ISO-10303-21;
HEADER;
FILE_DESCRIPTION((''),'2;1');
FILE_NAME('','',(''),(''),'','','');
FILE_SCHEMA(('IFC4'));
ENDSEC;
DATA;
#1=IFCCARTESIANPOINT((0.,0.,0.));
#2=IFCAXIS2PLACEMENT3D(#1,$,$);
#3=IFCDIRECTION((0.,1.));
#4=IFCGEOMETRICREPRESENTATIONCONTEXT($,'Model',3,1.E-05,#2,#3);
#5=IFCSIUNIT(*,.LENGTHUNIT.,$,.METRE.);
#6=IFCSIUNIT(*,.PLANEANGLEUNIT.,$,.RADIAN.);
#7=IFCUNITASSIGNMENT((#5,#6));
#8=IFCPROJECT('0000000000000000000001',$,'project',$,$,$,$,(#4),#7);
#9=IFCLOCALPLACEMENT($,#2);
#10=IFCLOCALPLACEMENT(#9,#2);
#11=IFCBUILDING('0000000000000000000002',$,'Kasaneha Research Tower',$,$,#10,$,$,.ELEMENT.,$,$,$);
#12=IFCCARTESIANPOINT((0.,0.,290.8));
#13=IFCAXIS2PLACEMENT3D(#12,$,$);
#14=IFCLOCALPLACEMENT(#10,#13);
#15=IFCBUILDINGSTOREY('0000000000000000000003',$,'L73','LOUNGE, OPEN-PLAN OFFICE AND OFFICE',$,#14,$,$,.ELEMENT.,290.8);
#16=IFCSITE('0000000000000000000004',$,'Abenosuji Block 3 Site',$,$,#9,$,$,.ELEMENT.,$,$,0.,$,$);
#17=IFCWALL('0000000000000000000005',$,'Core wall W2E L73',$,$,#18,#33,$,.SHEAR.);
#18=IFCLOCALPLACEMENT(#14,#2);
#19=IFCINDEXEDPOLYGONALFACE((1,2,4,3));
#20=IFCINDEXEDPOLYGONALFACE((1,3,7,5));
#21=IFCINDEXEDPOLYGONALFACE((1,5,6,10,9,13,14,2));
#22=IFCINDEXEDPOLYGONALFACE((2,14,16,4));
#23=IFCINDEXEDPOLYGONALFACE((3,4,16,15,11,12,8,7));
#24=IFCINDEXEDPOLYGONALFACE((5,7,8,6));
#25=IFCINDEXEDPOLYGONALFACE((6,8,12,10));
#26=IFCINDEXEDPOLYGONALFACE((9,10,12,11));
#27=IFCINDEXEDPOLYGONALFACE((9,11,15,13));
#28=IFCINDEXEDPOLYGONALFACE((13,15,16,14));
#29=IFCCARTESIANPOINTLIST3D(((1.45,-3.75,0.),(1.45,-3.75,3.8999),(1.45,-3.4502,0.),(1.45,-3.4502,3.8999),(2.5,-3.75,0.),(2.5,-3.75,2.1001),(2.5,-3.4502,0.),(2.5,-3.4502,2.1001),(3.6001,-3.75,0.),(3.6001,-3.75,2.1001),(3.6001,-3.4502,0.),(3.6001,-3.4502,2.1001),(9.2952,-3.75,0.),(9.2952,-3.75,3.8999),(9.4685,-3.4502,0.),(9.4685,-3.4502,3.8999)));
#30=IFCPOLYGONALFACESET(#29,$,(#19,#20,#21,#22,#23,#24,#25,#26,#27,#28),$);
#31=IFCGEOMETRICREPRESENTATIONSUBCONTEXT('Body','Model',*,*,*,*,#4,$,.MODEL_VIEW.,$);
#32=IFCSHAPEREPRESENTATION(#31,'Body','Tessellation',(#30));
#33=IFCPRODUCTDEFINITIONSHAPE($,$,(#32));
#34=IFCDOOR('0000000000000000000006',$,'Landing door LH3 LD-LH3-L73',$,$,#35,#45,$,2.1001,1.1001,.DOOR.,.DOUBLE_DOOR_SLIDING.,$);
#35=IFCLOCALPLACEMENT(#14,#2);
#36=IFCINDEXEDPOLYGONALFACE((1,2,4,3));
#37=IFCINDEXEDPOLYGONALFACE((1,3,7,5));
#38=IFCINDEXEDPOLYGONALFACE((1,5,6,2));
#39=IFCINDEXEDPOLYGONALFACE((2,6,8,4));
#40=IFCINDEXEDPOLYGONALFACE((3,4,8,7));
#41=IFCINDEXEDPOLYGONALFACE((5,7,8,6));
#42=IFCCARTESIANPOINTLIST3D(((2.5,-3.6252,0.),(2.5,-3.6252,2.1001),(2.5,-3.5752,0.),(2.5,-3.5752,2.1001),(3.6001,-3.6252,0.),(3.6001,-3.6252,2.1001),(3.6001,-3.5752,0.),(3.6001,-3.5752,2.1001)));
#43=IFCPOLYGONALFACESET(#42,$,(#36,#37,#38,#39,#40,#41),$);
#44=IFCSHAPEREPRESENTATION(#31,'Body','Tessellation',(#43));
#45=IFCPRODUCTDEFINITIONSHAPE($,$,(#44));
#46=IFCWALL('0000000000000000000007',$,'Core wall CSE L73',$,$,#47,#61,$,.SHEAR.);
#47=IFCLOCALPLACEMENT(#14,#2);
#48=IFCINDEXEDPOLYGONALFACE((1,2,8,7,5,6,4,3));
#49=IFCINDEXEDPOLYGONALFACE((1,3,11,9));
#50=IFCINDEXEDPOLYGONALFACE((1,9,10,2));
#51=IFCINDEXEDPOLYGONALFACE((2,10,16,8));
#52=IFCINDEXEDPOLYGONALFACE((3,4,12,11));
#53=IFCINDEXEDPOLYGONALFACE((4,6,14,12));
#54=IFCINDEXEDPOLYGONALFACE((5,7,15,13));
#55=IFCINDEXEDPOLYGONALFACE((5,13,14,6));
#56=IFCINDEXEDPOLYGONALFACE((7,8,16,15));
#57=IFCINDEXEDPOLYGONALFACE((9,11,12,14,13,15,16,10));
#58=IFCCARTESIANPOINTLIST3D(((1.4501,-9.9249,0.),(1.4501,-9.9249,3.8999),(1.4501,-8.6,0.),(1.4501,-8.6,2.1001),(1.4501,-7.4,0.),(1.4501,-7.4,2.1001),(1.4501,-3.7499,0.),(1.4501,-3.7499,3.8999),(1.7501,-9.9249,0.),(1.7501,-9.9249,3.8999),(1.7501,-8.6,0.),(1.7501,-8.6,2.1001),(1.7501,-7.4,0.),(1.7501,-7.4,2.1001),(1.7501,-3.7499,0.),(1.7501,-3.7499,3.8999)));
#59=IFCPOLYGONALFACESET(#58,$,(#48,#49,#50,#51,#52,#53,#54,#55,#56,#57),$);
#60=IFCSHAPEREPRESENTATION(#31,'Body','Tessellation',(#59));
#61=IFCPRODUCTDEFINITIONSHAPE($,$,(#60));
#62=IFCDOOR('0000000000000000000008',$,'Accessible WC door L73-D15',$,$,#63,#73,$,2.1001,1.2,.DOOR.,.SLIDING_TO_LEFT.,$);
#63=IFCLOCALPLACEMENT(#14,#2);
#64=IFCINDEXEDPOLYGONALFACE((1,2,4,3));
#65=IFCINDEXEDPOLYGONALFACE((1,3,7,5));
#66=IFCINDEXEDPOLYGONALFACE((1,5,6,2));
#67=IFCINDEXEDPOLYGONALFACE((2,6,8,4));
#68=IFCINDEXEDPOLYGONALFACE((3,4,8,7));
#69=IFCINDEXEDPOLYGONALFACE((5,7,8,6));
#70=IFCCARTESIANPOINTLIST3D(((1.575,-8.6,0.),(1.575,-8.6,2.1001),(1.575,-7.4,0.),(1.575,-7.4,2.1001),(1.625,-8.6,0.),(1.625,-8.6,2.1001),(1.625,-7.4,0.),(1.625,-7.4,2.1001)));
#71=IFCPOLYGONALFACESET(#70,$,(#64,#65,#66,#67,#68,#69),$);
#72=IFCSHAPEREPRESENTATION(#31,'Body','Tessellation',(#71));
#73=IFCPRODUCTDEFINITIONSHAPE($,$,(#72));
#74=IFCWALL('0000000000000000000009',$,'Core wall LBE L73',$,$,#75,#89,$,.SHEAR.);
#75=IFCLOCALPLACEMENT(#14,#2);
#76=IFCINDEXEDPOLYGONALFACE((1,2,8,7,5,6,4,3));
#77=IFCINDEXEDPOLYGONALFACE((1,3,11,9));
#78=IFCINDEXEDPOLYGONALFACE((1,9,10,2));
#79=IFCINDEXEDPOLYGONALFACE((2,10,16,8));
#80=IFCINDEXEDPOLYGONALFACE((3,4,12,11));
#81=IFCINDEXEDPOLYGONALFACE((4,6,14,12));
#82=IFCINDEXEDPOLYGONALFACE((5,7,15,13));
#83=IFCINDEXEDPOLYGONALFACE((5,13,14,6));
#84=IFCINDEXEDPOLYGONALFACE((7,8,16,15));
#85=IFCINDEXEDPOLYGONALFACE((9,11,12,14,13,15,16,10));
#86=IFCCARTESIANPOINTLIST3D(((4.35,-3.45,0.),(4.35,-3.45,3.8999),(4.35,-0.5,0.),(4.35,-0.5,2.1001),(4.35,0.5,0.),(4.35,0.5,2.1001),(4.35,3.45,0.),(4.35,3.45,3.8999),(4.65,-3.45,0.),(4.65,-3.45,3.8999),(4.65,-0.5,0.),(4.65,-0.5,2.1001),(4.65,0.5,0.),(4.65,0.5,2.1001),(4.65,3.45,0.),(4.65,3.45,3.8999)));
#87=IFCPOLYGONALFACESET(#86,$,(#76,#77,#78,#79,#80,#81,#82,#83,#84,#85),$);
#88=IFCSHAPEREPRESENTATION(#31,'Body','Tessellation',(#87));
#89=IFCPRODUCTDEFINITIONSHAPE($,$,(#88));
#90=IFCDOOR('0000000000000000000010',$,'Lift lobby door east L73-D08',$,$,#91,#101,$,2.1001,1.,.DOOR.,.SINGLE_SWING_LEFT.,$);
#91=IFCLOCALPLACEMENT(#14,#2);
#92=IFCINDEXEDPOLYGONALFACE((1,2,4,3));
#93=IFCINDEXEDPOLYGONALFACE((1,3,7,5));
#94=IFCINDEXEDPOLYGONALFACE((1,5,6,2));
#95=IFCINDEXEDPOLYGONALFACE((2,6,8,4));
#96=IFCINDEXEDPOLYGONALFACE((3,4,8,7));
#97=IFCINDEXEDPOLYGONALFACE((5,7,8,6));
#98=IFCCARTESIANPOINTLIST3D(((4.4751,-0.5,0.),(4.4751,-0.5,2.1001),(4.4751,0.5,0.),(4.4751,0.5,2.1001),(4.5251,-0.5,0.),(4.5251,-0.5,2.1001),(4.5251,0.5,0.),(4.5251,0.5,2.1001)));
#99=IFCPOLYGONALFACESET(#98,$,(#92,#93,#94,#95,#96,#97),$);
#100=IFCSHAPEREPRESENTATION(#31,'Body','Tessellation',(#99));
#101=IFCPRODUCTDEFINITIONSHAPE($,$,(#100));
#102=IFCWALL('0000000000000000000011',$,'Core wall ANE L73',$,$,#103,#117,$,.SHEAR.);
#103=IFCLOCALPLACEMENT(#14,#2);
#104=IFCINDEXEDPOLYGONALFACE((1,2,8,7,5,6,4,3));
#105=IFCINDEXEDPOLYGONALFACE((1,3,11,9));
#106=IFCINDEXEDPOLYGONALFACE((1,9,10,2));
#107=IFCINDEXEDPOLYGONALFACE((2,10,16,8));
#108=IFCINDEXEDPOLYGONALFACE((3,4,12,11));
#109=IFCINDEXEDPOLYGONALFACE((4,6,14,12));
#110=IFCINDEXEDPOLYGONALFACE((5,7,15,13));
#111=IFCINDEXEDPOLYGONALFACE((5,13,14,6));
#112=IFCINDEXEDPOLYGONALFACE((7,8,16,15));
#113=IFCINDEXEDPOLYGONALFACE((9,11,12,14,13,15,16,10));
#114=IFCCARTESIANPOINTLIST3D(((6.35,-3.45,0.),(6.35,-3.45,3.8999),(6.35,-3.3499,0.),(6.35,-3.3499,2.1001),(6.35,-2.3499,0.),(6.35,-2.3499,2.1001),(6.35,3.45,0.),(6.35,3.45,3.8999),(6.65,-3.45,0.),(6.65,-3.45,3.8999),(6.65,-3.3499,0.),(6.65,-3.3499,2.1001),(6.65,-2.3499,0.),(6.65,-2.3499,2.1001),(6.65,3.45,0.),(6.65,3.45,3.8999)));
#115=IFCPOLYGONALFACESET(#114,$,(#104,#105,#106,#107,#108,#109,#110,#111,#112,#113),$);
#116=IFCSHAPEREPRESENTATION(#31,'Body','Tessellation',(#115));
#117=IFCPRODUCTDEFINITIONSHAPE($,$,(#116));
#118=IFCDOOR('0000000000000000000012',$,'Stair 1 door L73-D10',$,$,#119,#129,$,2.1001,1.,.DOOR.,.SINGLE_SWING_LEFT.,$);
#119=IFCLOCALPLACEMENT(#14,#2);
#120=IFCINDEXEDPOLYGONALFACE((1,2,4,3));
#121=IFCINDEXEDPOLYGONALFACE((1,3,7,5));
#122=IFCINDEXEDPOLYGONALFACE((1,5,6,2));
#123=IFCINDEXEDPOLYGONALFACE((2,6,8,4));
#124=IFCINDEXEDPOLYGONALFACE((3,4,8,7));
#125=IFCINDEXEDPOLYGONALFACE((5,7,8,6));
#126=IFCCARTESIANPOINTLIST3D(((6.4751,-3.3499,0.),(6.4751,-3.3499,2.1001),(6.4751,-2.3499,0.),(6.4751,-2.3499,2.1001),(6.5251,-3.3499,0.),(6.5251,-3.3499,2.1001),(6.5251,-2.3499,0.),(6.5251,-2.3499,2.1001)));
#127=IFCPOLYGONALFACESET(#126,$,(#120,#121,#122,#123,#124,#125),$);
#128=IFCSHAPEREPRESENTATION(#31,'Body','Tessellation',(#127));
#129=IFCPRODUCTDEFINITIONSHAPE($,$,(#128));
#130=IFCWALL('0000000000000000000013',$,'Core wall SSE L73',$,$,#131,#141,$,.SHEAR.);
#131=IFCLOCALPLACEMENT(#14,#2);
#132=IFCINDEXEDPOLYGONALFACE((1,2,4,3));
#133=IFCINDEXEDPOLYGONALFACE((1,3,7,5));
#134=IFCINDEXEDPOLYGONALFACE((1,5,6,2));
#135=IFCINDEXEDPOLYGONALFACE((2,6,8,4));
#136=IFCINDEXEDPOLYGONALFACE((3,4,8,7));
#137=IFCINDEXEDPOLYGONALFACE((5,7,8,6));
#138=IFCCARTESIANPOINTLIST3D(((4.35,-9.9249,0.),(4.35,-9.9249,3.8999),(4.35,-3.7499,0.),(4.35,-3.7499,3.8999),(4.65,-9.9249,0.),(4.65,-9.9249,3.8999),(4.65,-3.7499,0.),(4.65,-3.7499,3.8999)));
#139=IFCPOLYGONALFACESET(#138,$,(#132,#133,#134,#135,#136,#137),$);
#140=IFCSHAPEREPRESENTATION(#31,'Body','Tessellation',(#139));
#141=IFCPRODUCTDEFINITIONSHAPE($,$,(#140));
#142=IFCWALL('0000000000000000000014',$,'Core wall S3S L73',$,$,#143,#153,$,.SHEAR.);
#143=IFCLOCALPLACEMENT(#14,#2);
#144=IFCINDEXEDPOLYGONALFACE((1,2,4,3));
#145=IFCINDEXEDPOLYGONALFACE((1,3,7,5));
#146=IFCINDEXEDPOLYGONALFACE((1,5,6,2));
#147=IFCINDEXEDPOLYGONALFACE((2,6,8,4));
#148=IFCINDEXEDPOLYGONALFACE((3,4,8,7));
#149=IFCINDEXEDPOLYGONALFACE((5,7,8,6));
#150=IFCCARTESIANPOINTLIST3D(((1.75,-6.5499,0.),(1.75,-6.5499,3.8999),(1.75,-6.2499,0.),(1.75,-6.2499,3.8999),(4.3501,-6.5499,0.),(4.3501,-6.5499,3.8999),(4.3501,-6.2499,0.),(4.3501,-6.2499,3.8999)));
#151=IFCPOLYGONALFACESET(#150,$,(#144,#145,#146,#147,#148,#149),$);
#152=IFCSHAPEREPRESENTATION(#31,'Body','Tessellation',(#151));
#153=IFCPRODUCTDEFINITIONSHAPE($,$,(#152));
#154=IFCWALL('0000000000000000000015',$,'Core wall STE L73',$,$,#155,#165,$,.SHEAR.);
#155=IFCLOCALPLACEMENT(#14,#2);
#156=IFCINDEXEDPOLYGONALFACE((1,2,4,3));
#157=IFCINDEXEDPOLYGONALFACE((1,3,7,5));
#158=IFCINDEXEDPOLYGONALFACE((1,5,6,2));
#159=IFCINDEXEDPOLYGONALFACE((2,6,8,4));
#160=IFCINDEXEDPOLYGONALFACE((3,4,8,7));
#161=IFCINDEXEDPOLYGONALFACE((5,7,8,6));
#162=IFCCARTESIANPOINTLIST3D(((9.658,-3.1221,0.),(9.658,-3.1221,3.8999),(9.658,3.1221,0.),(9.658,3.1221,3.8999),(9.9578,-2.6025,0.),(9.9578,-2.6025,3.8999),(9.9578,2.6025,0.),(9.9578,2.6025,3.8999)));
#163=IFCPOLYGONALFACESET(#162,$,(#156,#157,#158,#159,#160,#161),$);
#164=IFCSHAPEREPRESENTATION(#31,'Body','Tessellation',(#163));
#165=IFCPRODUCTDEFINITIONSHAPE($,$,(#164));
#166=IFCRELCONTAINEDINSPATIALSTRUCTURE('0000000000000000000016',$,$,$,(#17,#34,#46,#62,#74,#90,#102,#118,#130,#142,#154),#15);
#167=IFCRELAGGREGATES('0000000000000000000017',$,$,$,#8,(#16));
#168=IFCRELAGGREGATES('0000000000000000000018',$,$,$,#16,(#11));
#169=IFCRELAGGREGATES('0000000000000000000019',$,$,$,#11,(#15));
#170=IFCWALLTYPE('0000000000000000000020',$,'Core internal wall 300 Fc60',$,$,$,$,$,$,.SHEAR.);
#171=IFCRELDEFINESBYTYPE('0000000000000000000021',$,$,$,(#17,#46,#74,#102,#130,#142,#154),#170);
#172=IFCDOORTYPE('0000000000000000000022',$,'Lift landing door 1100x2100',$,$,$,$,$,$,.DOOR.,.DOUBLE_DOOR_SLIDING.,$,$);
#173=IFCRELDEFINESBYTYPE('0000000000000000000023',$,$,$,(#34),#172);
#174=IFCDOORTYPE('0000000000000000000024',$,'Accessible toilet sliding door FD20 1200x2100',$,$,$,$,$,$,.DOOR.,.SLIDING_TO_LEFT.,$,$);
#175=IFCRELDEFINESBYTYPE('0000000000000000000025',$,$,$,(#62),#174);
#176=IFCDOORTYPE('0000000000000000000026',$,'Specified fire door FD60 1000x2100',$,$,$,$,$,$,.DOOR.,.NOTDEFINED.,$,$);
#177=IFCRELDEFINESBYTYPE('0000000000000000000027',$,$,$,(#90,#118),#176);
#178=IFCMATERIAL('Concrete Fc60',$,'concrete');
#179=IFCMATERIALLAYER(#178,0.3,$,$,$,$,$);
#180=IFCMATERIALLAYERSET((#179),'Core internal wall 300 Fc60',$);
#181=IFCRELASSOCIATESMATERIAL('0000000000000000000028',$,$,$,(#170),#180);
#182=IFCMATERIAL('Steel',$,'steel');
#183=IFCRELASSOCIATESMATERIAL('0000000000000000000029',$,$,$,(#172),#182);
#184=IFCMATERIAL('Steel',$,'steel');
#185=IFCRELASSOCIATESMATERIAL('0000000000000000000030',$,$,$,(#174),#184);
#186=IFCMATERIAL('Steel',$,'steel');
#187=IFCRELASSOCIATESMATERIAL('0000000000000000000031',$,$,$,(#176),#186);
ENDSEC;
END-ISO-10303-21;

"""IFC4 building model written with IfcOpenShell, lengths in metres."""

from ifc_helpers import new_model, si_unit, direction, frame, frame_2d, origin, place, context, subcontext, project, spatial, polyline, rectangle, outline, extrude, material, layer, layer_set, type_object, element, fill, save


model = new_model("IFC4")

# Units and contexts
model_context = context("Model", 3, precision=1e-05, world=origin(), true_north=direction((0.0, 1.0)))
body_context = subcontext(model_context, "Body", "Model", "MODEL_VIEW")
ifc_project = project(units=[si_unit("LENGTHUNIT", "METRE"), si_unit("PLANEANGLEUNIT", "RADIAN")], contexts=[model_context])

# Site, building, storey
site_placement = place(None, origin())
site = spatial("IfcSite", under=ifc_project, at=site_placement, Name="Abenosuji Block 3 Site", CompositionType="ELEMENT", RefElevation=0.0)
building_placement = place(site_placement, origin())
building = spatial("IfcBuilding", under=site, at=building_placement, Name="Kasaneha Research Tower", CompositionType="ELEMENT")
storey_placement = place(building_placement, frame((0.0, 0.0, 290.8)))
storey = spatial("IfcBuildingStorey", under=building, at=storey_placement, Name="L73", Description="LOUNGE, OPEN-PLAN OFFICE AND OFFICE", CompositionType="ELEMENT", Elevation=290.8)

# Walls, openings, doors
ifc_material_1 = material(Name="Concrete Fc60", Category="concrete")
ifc_layer_1 = layer(ifc_material_1, 0.3)
ifc_layer_set_1 = layer_set([ifc_layer_1], Name="Core internal wall 300 Fc60")
wall_type_1 = type_object("IfcWallType", Name="Core internal wall 300 Fc60", PredefinedType="SHEAR", material=ifc_layer_set_1)
wall_1_placement = place(storey_placement, frame((1.45, -3.6001, 0.0), z_axis=(0.0, 0.0, 1.0), x_axis=(1.0, 0.0, 0.0)))
wall_1 = element("IfcWall", 1, at=wall_1_placement, inside=storey, type_object=wall_type_1, Name="Core wall W2E L73", PredefinedType="SHEAR", context=body_context, shape_type="SweptSolid", body=[
    extrude(outline(polyline([(0.0, -0.1499), (1.05, -0.1499), (2.1501, -0.1499), (7.8452, -0.1499), (8.0186, 0.1499), (2.1501, 0.1499), (1.05, 0.1499), (0.0, 0.1499), (0.0, -0.1499)])), origin(), (0.0, 0.0, 1.0), 3.8999),
])
opening_1_placement = place(wall_1_placement, frame((1.05, 0.0, 0.0)))
opening_1 = element("IfcOpeningElement", 2, at=opening_1_placement, cuts=wall_1, PredefinedType="OPENING", context=body_context, shape_type="SweptSolid", body=[
    extrude(rectangle(XDim=1.1001, YDim=2.1001, at=frame_2d((0.55, 1.05))), frame((0.0, 0.1602, 0.0), z_axis=(0.0, -1.0, 0.0), x_axis=(1.0, 0.0, 0.0)), (0.0, 0.0, 1.0), 0.3201),
])
ifc_material_2 = material(Name="Steel", Category="steel")
door_type_1 = type_object("IfcDoorType", Name="Lift landing door 1100x2100", OperationType="DOUBLE_DOOR_SLIDING", PredefinedType="DOOR", material=ifc_material_2)
door_1_placement = place(opening_1_placement, origin())
door_1 = element("IfcDoor", 3, at=door_1_placement, inside=storey, type_object=door_type_1, Name="Landing door LH3 LD-LH3-L73", OperationType="DOUBLE_DOOR_SLIDING", OverallHeight=2.1001, OverallWidth=1.1001, PredefinedType="DOOR", context=body_context, shape_type="SweptSolid", body=[
    extrude(rectangle(XDim=1.1001, YDim=2.1001, at=frame_2d((0.55, 1.05))), frame((0.0, 0.0249, 0.0), z_axis=(0.0, -1.0, 0.0), x_axis=(1.0, 0.0, 0.0)), (0.0, 0.0, 1.0), 0.05),
])
fill(opening_1, door_1)
wall_2_placement = place(storey_placement, frame((1.6001, -3.75, 0.0), z_axis=(0.0, 0.0, 1.0), x_axis=(0.0, -1.0, 0.0)))
wall_2 = element("IfcWall", 4, at=wall_2_placement, inside=storey, type_object=wall_type_1, Name="Core wall CSE L73", PredefinedType="SHEAR", context=body_context, shape_type="SweptSolid", body=[
    extrude(rectangle(XDim=6.175, YDim=0.3, at=frame_2d((3.0874, 0.0))), origin(), (0.0, 0.0, 1.0), 3.8999),
])
opening_2_placement = place(wall_2_placement, frame((3.6499, 0.0, 0.0)))
opening_2 = element("IfcOpeningElement", 5, at=opening_2_placement, cuts=wall_2, PredefinedType="OPENING", context=body_context, shape_type="SweptSolid", body=[
    extrude(rectangle(XDim=1.2, YDim=2.1001, at=frame_2d((0.6001, 1.05))), frame((0.0, 0.1602, 0.0), z_axis=(0.0, -1.0, 0.0), x_axis=(1.0, 0.0, 0.0)), (0.0, 0.0, 1.0), 0.3201),
])
ifc_material_3 = material(Name="Steel", Category="steel")
door_type_2 = type_object("IfcDoorType", Name="Accessible toilet sliding door FD20 1200x2100", OperationType="SLIDING_TO_LEFT", PredefinedType="DOOR", material=ifc_material_3)
door_2_placement = place(opening_2_placement, origin())
door_2 = element("IfcDoor", 6, at=door_2_placement, inside=storey, type_object=door_type_2, Name="Accessible WC door L73-D15", OperationType="SLIDING_TO_LEFT", OverallHeight=2.1001, OverallWidth=1.2, PredefinedType="DOOR", context=body_context, shape_type="SweptSolid", body=[
    extrude(rectangle(XDim=1.2, YDim=2.1001, at=frame_2d((0.6001, 1.05))), frame((0.0, 0.0249, 0.0), z_axis=(0.0, -1.0, 0.0), x_axis=(1.0, 0.0, 0.0)), (0.0, 0.0, 1.0), 0.05),
])
fill(opening_2, door_2)
wall_3_placement = place(storey_placement, frame((4.5, -3.45, 0.0), z_axis=(0.0, 0.0, 1.0), x_axis=(0.0, 1.0, 0.0)))
wall_3 = element("IfcWall", 7, at=wall_3_placement, inside=storey, type_object=wall_type_1, Name="Core wall LBE L73", PredefinedType="SHEAR", context=body_context, shape_type="SweptSolid", body=[
    extrude(rectangle(XDim=6.8999, YDim=0.3, at=frame_2d((3.45, 0.0))), origin(), (0.0, 0.0, 1.0), 3.8999),
])
opening_3_placement = place(wall_3_placement, frame((2.95, 0.0, 0.0)))
opening_3 = element("IfcOpeningElement", 8, at=opening_3_placement, cuts=wall_3, PredefinedType="OPENING", context=body_context, shape_type="SweptSolid", body=[
    extrude(rectangle(XDim=1.0, YDim=2.1001, at=frame_2d((0.5, 1.05))), frame((0.0, 0.1602, 0.0), z_axis=(0.0, -1.0, 0.0), x_axis=(1.0, 0.0, 0.0)), (0.0, 0.0, 1.0), 0.3201),
])
ifc_material_4 = material(Name="Steel", Category="steel")
door_type_3 = type_object("IfcDoorType", Name="Specified fire door FD60 1000x2100", OperationType="NOTDEFINED", PredefinedType="DOOR", material=ifc_material_4)
door_3_placement = place(opening_3_placement, origin())
door_3 = element("IfcDoor", 9, at=door_3_placement, inside=storey, type_object=door_type_3, Name="Lift lobby door east L73-D08", OperationType="SINGLE_SWING_LEFT", OverallHeight=2.1001, OverallWidth=1.0, PredefinedType="DOOR", context=body_context, shape_type="SweptSolid", body=[
    extrude(rectangle(XDim=1.0, YDim=2.1001, at=frame_2d((0.5, 1.05))), frame((0.0, 0.0249, 0.0), z_axis=(0.0, -1.0, 0.0), x_axis=(1.0, 0.0, 0.0)), (0.0, 0.0, 1.0), 0.05),
])
fill(opening_3, door_3)
wall_4_placement = place(storey_placement, frame((6.5, -3.45, 0.0), z_axis=(0.0, 0.0, 1.0), x_axis=(0.0, 1.0, 0.0)))
wall_4 = element("IfcWall", 10, at=wall_4_placement, inside=storey, type_object=wall_type_1, Name="Core wall ANE L73", PredefinedType="SHEAR", context=body_context, shape_type="SweptSolid", body=[
    extrude(rectangle(XDim=6.8999, YDim=0.3, at=frame_2d((3.45, 0.0))), origin(), (0.0, 0.0, 1.0), 3.8999),
])
opening_4_placement = place(wall_4_placement, frame((0.1001, 0.0, 0.0)))
opening_4 = element("IfcOpeningElement", 11, at=opening_4_placement, cuts=wall_4, PredefinedType="OPENING", context=body_context, shape_type="SweptSolid", body=[
    extrude(rectangle(XDim=1.0, YDim=2.1001, at=frame_2d((0.5, 1.05))), frame((0.0, 0.1602, 0.0), z_axis=(0.0, -1.0, 0.0), x_axis=(1.0, 0.0, 0.0)), (0.0, 0.0, 1.0), 0.3201),
])
door_4_placement = place(opening_4_placement, origin())
door_4 = element("IfcDoor", 12, at=door_4_placement, inside=storey, type_object=door_type_3, Name="Stair 1 door L73-D10", OperationType="SINGLE_SWING_LEFT", OverallHeight=2.1001, OverallWidth=1.0, PredefinedType="DOOR", context=body_context, shape_type="SweptSolid", body=[
    extrude(rectangle(XDim=1.0, YDim=2.1001, at=frame_2d((0.5, 1.05))), frame((0.0, 0.0249, 0.0), z_axis=(0.0, -1.0, 0.0), x_axis=(1.0, 0.0, 0.0)), (0.0, 0.0, 1.0), 0.05),
])
fill(opening_4, door_4)

# Walls
wall_5_placement = place(storey_placement, frame((4.5, -3.75, 0.0), z_axis=(0.0, 0.0, 1.0), x_axis=(0.0, -1.0, 0.0)))
element("IfcWall", 13, at=wall_5_placement, inside=storey, type_object=wall_type_1, Name="Core wall SSE L73", PredefinedType="SHEAR", context=body_context, shape_type="SweptSolid", body=[
    extrude(rectangle(XDim=6.175, YDim=0.3, at=frame_2d((3.0874, 0.0))), origin(), (0.0, 0.0, 1.0), 3.8999),
])
wall_6_placement = place(storey_placement, frame((1.75, -6.3999, 0.0), z_axis=(0.0, 0.0, 1.0), x_axis=(1.0, 0.0, 0.0)))
element("IfcWall", 14, at=wall_6_placement, inside=storey, type_object=wall_type_1, Name="Core wall S3S L73", PredefinedType="SHEAR", context=body_context, shape_type="SweptSolid", body=[
    extrude(rectangle(XDim=2.6001, YDim=0.3, at=frame_2d((1.3, 0.0))), origin(), (0.0, 0.0, 1.0), 3.8999),
])
wall_7_placement = place(storey_placement, frame((9.8079, -2.8623, 0.0), z_axis=(0.0, 0.0, 1.0), x_axis=(0.0, 1.0, 0.0)))
element("IfcWall", 15, at=wall_7_placement, inside=storey, type_object=wall_type_1, Name="Core wall STE L73", PredefinedType="SHEAR", context=body_context, shape_type="SweptSolid", body=[
    extrude(outline(polyline([(0.2598, -0.1499), (5.4648, -0.1499), (5.9844, 0.1499), (-0.2598, 0.1499), (0.2598, -0.1499)])), origin(), (0.0, 0.0, 1.0), 3.8999),
])

save(model, "model.ifc")
